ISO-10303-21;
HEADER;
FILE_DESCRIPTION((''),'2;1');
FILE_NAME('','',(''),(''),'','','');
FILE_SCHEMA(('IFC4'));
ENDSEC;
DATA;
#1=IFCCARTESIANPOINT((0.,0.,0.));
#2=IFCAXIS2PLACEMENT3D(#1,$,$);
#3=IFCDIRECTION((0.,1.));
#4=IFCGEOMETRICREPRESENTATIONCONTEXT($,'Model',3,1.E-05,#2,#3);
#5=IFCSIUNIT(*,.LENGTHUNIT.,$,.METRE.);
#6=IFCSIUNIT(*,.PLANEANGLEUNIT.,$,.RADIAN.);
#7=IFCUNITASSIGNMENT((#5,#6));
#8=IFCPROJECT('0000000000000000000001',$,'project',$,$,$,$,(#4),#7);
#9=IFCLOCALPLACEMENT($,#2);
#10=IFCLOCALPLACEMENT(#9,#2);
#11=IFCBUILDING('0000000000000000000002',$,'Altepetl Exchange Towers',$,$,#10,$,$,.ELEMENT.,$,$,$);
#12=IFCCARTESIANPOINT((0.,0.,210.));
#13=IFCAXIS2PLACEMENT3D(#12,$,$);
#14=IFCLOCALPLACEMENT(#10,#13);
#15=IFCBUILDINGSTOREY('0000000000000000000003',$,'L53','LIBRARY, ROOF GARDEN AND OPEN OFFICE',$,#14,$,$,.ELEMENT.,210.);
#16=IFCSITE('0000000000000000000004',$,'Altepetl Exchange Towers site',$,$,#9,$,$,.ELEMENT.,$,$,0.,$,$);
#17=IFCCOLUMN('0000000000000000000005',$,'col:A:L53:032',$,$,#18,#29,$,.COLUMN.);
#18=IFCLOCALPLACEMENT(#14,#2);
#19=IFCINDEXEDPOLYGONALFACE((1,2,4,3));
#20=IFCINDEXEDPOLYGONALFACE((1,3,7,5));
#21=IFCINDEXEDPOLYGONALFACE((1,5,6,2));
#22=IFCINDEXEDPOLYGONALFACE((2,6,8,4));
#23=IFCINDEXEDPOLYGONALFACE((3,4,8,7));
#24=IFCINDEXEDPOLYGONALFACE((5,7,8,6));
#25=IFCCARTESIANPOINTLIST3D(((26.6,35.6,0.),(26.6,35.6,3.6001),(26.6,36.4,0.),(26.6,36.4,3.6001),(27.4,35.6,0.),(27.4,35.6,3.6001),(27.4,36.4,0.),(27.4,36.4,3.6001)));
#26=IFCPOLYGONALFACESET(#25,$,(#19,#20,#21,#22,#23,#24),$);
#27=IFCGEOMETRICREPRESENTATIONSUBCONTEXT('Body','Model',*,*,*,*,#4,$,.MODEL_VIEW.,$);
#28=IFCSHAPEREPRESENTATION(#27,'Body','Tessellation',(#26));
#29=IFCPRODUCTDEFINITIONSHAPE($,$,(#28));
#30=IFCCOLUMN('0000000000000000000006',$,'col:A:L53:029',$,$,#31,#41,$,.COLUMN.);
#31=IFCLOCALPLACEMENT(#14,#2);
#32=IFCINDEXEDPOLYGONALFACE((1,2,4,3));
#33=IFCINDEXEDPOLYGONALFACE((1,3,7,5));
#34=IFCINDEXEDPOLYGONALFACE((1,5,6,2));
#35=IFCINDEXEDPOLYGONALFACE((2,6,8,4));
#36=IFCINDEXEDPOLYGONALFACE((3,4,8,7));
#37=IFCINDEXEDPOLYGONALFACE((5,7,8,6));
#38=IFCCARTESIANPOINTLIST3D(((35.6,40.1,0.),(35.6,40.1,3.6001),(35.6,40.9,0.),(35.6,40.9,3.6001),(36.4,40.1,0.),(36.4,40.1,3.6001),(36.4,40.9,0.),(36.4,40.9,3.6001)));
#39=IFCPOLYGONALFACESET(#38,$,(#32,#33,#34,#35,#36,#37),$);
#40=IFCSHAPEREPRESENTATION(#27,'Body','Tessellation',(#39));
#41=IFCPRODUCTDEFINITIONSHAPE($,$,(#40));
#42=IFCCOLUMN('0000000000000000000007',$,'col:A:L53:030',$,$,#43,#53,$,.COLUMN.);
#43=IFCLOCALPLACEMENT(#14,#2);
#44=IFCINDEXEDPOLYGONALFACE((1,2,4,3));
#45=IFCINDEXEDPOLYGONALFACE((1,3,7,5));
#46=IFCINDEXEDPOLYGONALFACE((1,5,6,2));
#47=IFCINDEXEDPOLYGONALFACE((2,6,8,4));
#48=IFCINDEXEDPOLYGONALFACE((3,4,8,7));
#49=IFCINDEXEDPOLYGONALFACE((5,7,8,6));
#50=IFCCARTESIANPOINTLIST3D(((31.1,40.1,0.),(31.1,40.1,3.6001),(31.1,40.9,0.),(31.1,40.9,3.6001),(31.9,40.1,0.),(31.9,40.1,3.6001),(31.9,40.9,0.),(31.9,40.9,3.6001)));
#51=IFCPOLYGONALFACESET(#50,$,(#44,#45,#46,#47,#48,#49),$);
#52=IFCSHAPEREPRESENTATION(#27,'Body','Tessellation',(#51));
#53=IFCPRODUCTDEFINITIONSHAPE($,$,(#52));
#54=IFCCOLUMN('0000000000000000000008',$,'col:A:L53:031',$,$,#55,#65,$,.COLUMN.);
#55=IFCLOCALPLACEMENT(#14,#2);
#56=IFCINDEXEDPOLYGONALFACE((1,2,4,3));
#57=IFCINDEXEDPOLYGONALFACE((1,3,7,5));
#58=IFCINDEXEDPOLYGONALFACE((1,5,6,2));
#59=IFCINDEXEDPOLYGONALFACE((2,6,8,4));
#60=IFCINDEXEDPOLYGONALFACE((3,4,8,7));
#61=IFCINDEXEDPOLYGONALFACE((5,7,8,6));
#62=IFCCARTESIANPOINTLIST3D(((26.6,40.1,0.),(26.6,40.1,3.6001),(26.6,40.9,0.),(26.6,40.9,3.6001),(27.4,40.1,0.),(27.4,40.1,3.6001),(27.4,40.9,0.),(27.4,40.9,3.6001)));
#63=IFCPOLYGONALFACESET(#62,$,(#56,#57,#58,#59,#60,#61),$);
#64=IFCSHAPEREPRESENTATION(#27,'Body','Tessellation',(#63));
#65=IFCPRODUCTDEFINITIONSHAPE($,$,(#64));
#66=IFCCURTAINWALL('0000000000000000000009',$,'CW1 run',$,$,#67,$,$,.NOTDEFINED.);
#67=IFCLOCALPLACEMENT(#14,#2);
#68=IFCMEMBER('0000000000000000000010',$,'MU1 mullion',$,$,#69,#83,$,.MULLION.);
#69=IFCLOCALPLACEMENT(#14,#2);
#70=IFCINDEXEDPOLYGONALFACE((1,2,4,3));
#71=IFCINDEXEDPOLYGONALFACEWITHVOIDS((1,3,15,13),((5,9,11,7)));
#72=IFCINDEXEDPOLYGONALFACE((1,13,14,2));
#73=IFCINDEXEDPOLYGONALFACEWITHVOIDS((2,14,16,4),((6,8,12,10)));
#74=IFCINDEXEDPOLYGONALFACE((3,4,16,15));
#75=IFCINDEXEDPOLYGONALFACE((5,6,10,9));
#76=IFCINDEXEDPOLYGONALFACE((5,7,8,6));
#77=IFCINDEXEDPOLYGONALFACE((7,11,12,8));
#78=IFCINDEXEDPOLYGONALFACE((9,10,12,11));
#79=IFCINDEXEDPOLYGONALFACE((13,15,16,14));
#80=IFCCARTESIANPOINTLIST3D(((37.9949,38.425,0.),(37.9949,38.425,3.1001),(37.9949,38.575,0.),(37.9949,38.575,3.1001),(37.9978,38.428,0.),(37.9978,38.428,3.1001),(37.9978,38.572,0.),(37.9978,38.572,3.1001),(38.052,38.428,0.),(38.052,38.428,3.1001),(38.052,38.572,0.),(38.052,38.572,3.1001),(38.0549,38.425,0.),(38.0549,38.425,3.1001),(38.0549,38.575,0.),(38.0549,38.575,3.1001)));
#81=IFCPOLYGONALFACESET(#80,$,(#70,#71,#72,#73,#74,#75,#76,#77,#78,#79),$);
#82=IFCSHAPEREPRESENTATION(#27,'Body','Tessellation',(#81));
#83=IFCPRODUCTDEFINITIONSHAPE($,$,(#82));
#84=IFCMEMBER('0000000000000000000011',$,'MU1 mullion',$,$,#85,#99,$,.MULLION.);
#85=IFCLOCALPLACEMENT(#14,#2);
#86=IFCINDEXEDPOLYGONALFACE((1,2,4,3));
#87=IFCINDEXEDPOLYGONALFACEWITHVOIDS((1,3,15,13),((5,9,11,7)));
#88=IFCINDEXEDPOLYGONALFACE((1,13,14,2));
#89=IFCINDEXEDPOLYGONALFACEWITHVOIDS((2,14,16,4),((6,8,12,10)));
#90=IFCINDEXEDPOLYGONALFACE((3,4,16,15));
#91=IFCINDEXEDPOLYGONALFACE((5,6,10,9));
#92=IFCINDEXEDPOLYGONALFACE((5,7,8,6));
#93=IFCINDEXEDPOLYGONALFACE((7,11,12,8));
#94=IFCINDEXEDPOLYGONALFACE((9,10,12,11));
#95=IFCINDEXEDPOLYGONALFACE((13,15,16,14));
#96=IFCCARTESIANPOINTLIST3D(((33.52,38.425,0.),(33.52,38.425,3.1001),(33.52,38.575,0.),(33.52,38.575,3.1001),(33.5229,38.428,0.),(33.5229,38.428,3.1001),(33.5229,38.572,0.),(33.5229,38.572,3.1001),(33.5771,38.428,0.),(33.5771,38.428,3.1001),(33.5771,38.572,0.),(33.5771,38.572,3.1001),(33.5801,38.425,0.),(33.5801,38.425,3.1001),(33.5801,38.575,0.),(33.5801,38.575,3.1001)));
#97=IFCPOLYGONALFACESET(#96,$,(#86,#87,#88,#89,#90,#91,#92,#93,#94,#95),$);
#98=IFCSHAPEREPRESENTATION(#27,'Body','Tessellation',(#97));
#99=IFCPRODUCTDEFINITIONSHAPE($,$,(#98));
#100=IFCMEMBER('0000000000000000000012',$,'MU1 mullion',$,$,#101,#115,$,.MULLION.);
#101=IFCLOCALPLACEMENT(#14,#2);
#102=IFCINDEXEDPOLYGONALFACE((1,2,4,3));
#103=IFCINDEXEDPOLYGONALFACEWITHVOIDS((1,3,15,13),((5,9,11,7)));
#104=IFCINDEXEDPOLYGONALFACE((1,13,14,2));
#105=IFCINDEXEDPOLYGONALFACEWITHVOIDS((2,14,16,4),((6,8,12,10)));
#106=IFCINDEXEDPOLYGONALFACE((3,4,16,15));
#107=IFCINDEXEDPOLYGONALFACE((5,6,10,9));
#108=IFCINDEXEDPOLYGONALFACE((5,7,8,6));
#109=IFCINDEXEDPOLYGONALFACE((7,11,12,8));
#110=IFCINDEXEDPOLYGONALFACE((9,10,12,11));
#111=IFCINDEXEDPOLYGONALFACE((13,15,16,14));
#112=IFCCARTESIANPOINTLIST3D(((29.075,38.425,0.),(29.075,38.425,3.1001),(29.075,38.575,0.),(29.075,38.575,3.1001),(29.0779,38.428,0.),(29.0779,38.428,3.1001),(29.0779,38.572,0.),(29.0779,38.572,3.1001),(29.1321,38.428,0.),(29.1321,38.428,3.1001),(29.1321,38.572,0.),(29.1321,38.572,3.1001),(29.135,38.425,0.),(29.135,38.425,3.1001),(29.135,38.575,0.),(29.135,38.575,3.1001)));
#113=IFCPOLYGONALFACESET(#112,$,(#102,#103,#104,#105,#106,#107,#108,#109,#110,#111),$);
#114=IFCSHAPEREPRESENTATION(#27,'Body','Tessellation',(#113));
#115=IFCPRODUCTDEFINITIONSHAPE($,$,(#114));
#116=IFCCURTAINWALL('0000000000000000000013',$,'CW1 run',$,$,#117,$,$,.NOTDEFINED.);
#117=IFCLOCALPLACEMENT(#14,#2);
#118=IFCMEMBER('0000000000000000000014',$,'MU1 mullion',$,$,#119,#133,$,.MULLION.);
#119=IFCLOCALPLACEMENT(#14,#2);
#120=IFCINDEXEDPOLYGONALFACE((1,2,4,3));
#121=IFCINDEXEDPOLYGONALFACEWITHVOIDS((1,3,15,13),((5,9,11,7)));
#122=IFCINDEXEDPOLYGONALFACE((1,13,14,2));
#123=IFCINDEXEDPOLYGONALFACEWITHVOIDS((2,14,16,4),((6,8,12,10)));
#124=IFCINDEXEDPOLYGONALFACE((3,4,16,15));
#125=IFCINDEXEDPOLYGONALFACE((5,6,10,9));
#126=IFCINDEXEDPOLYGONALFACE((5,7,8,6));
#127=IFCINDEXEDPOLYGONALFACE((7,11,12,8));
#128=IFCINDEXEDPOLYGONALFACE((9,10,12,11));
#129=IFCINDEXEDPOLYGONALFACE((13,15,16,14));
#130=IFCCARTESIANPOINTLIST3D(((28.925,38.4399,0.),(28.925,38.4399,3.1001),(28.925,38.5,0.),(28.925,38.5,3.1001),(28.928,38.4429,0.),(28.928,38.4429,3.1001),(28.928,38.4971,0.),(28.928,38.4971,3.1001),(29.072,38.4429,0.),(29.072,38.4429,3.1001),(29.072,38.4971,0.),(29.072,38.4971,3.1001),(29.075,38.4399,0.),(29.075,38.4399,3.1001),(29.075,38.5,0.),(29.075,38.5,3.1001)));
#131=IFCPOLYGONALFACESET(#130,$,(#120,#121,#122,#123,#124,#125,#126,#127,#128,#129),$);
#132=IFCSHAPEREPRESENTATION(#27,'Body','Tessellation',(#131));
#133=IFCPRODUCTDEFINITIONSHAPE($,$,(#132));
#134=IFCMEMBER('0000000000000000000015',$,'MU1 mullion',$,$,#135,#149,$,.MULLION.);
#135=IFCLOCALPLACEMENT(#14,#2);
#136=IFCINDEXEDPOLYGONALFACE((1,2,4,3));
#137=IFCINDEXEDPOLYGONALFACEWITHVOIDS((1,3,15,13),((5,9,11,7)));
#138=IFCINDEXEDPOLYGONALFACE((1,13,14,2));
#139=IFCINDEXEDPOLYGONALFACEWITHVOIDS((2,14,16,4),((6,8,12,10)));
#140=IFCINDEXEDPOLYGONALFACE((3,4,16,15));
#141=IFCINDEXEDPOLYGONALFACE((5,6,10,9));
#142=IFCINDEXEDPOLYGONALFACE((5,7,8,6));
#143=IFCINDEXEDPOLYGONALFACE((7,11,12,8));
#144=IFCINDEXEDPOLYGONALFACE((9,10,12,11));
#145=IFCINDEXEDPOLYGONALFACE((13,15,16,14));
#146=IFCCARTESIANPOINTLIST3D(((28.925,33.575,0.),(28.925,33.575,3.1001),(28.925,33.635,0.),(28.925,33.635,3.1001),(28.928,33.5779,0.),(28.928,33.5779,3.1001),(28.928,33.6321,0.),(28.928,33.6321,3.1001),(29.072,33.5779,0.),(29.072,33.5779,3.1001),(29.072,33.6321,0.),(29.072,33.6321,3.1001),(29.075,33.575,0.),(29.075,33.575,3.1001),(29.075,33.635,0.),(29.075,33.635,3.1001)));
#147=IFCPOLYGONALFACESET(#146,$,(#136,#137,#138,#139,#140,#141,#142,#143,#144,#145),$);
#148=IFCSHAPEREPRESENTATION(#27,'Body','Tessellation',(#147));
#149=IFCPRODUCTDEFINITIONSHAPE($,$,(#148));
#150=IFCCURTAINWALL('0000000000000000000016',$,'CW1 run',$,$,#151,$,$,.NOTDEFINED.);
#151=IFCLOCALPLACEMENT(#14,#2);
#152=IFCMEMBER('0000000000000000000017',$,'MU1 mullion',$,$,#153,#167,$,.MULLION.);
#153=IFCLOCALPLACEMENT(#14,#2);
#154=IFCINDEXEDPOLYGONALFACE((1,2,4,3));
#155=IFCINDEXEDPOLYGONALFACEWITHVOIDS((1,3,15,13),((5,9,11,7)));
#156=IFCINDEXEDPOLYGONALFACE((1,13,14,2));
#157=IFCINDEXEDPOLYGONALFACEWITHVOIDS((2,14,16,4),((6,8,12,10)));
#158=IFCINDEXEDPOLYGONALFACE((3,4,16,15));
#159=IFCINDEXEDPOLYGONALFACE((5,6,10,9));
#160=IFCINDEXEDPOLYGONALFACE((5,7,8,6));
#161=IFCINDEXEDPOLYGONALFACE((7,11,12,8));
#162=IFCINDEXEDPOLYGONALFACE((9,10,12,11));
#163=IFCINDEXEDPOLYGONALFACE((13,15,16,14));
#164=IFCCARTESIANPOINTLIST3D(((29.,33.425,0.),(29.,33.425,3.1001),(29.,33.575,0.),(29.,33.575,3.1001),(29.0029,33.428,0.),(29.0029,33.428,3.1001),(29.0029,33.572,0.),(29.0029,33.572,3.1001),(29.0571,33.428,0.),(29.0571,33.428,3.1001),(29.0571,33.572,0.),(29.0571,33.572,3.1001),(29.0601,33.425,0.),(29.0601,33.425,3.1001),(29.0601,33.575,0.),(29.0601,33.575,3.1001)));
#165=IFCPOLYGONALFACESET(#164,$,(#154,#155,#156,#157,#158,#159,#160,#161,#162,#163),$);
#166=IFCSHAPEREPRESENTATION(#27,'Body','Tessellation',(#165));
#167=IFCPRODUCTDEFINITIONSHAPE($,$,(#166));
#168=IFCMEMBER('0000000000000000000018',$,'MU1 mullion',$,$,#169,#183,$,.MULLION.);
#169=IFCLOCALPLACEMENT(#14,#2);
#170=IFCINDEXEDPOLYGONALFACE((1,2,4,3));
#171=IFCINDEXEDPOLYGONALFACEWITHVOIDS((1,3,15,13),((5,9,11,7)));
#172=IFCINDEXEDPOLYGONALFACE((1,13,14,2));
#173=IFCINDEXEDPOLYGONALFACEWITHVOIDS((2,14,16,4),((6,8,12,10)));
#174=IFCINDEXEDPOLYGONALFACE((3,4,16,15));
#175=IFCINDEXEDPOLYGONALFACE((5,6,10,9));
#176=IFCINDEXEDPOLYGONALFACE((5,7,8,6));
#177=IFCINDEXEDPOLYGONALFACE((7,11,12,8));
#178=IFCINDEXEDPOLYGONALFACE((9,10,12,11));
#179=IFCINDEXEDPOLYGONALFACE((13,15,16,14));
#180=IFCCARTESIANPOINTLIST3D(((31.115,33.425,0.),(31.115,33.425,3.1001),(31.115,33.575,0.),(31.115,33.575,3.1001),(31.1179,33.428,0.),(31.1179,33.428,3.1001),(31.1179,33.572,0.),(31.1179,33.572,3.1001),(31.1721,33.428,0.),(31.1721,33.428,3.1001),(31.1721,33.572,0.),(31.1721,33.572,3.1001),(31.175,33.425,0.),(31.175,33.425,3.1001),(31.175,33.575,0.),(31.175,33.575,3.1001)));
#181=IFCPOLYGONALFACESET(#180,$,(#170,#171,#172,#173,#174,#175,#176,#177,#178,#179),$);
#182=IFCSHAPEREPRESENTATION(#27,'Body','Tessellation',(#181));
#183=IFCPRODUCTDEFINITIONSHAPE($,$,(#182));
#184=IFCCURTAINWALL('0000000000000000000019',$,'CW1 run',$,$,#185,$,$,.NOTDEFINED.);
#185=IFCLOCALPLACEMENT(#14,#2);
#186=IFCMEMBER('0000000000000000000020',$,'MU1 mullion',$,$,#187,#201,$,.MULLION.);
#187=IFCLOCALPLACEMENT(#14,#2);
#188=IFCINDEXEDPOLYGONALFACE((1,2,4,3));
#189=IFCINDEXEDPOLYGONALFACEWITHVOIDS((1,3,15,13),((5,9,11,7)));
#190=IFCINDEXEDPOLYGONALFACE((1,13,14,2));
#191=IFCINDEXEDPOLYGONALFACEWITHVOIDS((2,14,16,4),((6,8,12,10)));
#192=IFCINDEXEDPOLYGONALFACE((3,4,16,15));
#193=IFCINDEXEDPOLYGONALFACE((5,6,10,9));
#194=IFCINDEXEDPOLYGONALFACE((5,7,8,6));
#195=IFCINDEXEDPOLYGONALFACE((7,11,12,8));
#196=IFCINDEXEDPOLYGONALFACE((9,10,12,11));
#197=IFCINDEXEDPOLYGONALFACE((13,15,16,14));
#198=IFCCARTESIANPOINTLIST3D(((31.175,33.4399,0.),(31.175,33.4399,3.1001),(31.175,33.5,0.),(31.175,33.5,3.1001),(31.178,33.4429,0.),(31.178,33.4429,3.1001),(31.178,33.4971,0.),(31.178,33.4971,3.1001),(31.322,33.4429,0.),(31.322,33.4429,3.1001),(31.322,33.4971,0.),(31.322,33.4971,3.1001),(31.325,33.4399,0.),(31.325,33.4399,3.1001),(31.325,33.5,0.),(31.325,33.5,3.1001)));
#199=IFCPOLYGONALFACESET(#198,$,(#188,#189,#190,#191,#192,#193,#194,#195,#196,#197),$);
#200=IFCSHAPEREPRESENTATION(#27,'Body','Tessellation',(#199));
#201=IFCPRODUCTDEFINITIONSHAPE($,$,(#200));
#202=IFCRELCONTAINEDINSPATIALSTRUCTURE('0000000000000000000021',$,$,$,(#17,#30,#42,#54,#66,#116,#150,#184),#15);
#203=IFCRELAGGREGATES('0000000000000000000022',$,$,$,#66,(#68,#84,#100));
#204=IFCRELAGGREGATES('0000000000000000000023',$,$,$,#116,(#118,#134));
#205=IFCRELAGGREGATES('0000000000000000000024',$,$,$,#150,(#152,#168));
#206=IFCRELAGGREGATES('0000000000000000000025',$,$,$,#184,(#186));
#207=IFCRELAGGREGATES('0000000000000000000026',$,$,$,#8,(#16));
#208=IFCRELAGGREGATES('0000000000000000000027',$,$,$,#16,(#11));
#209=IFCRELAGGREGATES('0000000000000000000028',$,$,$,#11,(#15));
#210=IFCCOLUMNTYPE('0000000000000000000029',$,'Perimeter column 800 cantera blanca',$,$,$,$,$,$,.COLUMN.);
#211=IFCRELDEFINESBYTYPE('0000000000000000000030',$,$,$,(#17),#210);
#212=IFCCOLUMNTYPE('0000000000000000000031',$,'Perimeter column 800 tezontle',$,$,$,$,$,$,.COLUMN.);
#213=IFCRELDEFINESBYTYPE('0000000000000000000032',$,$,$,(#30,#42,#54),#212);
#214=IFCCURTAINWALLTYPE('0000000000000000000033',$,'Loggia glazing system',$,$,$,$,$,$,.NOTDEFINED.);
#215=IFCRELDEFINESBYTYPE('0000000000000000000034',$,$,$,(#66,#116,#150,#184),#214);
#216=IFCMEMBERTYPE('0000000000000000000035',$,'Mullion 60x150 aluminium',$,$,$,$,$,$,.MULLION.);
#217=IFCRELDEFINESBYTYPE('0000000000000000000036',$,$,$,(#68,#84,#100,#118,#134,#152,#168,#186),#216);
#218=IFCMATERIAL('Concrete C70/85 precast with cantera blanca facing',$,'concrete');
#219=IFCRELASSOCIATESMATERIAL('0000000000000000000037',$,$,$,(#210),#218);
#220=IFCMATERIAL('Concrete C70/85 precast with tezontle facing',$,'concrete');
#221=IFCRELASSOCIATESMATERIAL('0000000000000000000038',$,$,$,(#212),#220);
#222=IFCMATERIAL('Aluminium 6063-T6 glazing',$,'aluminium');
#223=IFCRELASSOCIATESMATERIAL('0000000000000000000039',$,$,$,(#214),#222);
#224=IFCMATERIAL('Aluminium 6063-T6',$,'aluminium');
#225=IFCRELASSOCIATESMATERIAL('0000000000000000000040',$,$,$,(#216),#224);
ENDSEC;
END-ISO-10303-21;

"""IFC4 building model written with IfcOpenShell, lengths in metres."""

from ifc_helpers import new_model, si_unit, direction, frame, origin, origin_2d, place, context, subcontext, project, spatial, rectangle, hollow_rectangle, extrude, material, material_profile, profile_set, type_object, element, aggregate, save


model = new_model("IFC4")

# Units and contexts
model_context = context("Model", 3, precision=1e-05, world=origin(), true_north=direction((0.0, 1.0)))
body_context = subcontext(model_context, "Body", "Model", "MODEL_VIEW")
ifc_project = project(units=[si_unit("LENGTHUNIT", "METRE"), si_unit("PLANEANGLEUNIT", "RADIAN")], contexts=[model_context])

# Site, building, storey
site_placement = place(None, origin())
site = spatial("IfcSite", under=ifc_project, at=site_placement, Name="Altepetl Exchange Towers site", CompositionType="ELEMENT", RefElevation=0.0)
building_placement = place(site_placement, origin())
building = spatial("IfcBuilding", under=site, at=building_placement, Name="Altepetl Exchange Towers", CompositionType="ELEMENT")
storey_placement = place(building_placement, frame((0.0, 0.0, 210.0)))
storey = spatial("IfcBuildingStorey", under=building, at=storey_placement, Name="L53", Description="LIBRARY, ROOF GARDEN AND OPEN OFFICE", CompositionType="ELEMENT", Elevation=210.0)

# Columns
ifc_material_1 = material(Name="Concrete C70/85 precast with cantera blanca facing", Category="concrete")
ifc_material_profile_1 = material_profile(ifc_material_1, rectangle(XDim=0.8, YDim=0.8, at=origin_2d()), Name="800 x 800")
ifc_profile_set_1 = profile_set([ifc_material_profile_1], Name="Concrete C70/85 precast with cantera blanca facing")
column_type_1 = type_object("IfcColumnType", Name="Perimeter column 800 cantera blanca", PredefinedType="COLUMN", material=ifc_profile_set_1)
column_placement = place(storey_placement, frame((27.0, 36.0, 0.0)))
element("IfcColumn", 1, at=column_placement, inside=storey, type_object=column_type_1, Name="col:A:L53:032", PredefinedType="COLUMN", context=body_context, shape_type="SweptSolid", body=[
    extrude(rectangle(XDim=0.8, YDim=0.8, at=origin_2d()), origin(), (0.0, 0.0, 1.0), 3.6001),
])
ifc_material_2 = material(Name="Concrete C70/85 precast with tezontle facing", Category="concrete")
ifc_material_profile_2 = material_profile(ifc_material_2, rectangle(XDim=0.8, YDim=0.8, at=origin_2d()), Name="800 x 800")
ifc_profile_set_2 = profile_set([ifc_material_profile_2], Name="Concrete C70/85 precast with tezontle facing")
column_type_2 = type_object("IfcColumnType", Name="Perimeter column 800 tezontle", PredefinedType="COLUMN", material=ifc_profile_set_2)
for number, where, name in (
    (2, (36.0, 40.5, 0.0), "col:A:L53:029"),
    (3, (31.5, 40.5, 0.0), "col:A:L53:030"),
    (4, (27.0, 40.5, 0.0), "col:A:L53:031"),
):
    element("IfcColumn", number, at=place(storey_placement, frame(where)), inside=storey, type_object=column_type_2, Name=name, PredefinedType="COLUMN", context=body_context, shape_type="SweptSolid", body=[
        extrude(rectangle(XDim=0.8, YDim=0.8, at=origin_2d()), origin(), (0.0, 0.0, 1.0), 3.6001),
    ])

# Curtain walls, members
ifc_material_3 = material(Name="Aluminium 6063-T6 glazing", Category="aluminium")
curtain_wall_type = type_object("IfcCurtainWallType", Name="Loggia glazing system", PredefinedType="NOTDEFINED", material=ifc_material_3)
curtain_wall_1_placement = place(storey_placement, origin())
curtain_wall_1 = element("IfcCurtainWall", 5, at=curtain_wall_1_placement, inside=storey, type_object=curtain_wall_type, Name="CW1 run", PredefinedType="NOTDEFINED")
ifc_material_4 = material(Name="Aluminium 6063-T6", Category="aluminium")
ifc_material_profile_3 = material_profile(ifc_material_4, hollow_rectangle(XDim=0.0601, YDim=0.1499, WallThickness=0.0029, at=origin_2d()), Name="Mullion 60x150 aluminium")
ifc_profile_set_3 = profile_set([ifc_material_profile_3], Name="Aluminium 6063-T6")
member_type = type_object("IfcMemberType", Name="Mullion 60x150 aluminium", PredefinedType="MULLION", material=ifc_profile_set_3)
member_1_placement = place(storey_placement, frame((38.0249, 38.5, 0.0), z_axis=(0.0, 0.0, 1.0), x_axis=(-1.0, 0.0, 0.0)))
member_1 = element("IfcMember", 6, at=member_1_placement, type_object=member_type, Name="MU1 mullion", PredefinedType="MULLION", context=body_context, shape_type="SweptSolid", body=[
    extrude(hollow_rectangle(XDim=0.0601, YDim=0.1499, WallThickness=0.0029, at=origin_2d()), origin(), (0.0, 0.0, 1.0), 3.1001),
])
member_2_placement = place(storey_placement, frame((33.55, 38.5, 0.0), z_axis=(0.0, 0.0, 1.0), x_axis=(-1.0, 0.0, 0.0)))
member_2 = element("IfcMember", 7, at=member_2_placement, type_object=member_type, Name="MU1 mullion", PredefinedType="MULLION", context=body_context, shape_type="SweptSolid", body=[
    extrude(hollow_rectangle(XDim=0.0601, YDim=0.1499, WallThickness=0.0029, at=origin_2d()), origin(), (0.0, 0.0, 1.0), 3.1001),
])
member_3_placement = place(storey_placement, frame((29.105, 38.5, 0.0), z_axis=(0.0, 0.0, 1.0), x_axis=(-1.0, 0.0, 0.0)))
member_3 = element("IfcMember", 8, at=member_3_placement, type_object=member_type, Name="MU1 mullion", PredefinedType="MULLION", context=body_context, shape_type="SweptSolid", body=[
    extrude(hollow_rectangle(XDim=0.0601, YDim=0.1499, WallThickness=0.0029, at=origin_2d()), origin(), (0.0, 0.0, 1.0), 3.1001),
])
curtain_wall_2_placement = place(storey_placement, origin())
curtain_wall_2 = element("IfcCurtainWall", 9, at=curtain_wall_2_placement, inside=storey, type_object=curtain_wall_type, Name="CW1 run", PredefinedType="NOTDEFINED")
member_4_placement = place(storey_placement, frame((29.0, 38.47, 0.0), z_axis=(0.0, 0.0, 1.0), x_axis=(0.0, -1.0, 0.0)))
member_4 = element("IfcMember", 10, at=member_4_placement, type_object=member_type, Name="MU1 mullion", PredefinedType="MULLION", context=body_context, shape_type="SweptSolid", body=[
    extrude(hollow_rectangle(XDim=0.0601, YDim=0.1499, WallThickness=0.0029, at=origin_2d()), origin(), (0.0, 0.0, 1.0), 3.1001),
])
member_5_placement = place(storey_placement, frame((29.0, 33.605, 0.0), z_axis=(0.0, 0.0, 1.0), x_axis=(0.0, -1.0, 0.0)))
member_5 = element("IfcMember", 11, at=member_5_placement, type_object=member_type, Name="MU1 mullion", PredefinedType="MULLION", context=body_context, shape_type="SweptSolid", body=[
    extrude(hollow_rectangle(XDim=0.0601, YDim=0.1499, WallThickness=0.0029, at=origin_2d()), origin(), (0.0, 0.0, 1.0), 3.1001),
])
curtain_wall_3_placement = place(storey_placement, origin())
curtain_wall_3 = element("IfcCurtainWall", 12, at=curtain_wall_3_placement, inside=storey, type_object=curtain_wall_type, Name="CW1 run", PredefinedType="NOTDEFINED")
member_6_placement = place(storey_placement, frame((29.03, 33.5, 0.0)))
member_6 = element("IfcMember", 13, at=member_6_placement, type_object=member_type, Name="MU1 mullion", PredefinedType="MULLION", context=body_context, shape_type="SweptSolid", body=[
    extrude(hollow_rectangle(XDim=0.0601, YDim=0.1499, WallThickness=0.0029, at=origin_2d()), origin(), (0.0, 0.0, 1.0), 3.1001),
])
member_7_placement = place(storey_placement, frame((31.145, 33.5, 0.0)))
member_7 = element("IfcMember", 14, at=member_7_placement, type_object=member_type, Name="MU1 mullion", PredefinedType="MULLION", context=body_context, shape_type="SweptSolid", body=[
    extrude(hollow_rectangle(XDim=0.0601, YDim=0.1499, WallThickness=0.0029, at=origin_2d()), origin(), (0.0, 0.0, 1.0), 3.1001),
])

# Curtain wall, member
curtain_wall_4_placement = place(storey_placement, origin())
curtain_wall_4 = element("IfcCurtainWall", 15, at=curtain_wall_4_placement, inside=storey, type_object=curtain_wall_type, Name="CW1 run", PredefinedType="NOTDEFINED")
member_8_placement = place(storey_placement, frame((31.25, 33.47, 0.0), z_axis=(0.0, 0.0, 1.0), x_axis=(0.0, -1.0, 0.0)))
member_8 = element("IfcMember", 16, at=member_8_placement, type_object=member_type, Name="MU1 mullion", PredefinedType="MULLION", context=body_context, shape_type="SweptSolid", body=[
    extrude(hollow_rectangle(XDim=0.0601, YDim=0.1499, WallThickness=0.0029, at=origin_2d()), origin(), (0.0, 0.0, 1.0), 3.1001),
])

aggregate(curtain_wall_1, [member_1, member_2, member_3])
aggregate(curtain_wall_2, [member_4, member_5])
aggregate(curtain_wall_3, [member_6, member_7])
aggregate(curtain_wall_4, [member_8])

save(model, "model.ifc")
